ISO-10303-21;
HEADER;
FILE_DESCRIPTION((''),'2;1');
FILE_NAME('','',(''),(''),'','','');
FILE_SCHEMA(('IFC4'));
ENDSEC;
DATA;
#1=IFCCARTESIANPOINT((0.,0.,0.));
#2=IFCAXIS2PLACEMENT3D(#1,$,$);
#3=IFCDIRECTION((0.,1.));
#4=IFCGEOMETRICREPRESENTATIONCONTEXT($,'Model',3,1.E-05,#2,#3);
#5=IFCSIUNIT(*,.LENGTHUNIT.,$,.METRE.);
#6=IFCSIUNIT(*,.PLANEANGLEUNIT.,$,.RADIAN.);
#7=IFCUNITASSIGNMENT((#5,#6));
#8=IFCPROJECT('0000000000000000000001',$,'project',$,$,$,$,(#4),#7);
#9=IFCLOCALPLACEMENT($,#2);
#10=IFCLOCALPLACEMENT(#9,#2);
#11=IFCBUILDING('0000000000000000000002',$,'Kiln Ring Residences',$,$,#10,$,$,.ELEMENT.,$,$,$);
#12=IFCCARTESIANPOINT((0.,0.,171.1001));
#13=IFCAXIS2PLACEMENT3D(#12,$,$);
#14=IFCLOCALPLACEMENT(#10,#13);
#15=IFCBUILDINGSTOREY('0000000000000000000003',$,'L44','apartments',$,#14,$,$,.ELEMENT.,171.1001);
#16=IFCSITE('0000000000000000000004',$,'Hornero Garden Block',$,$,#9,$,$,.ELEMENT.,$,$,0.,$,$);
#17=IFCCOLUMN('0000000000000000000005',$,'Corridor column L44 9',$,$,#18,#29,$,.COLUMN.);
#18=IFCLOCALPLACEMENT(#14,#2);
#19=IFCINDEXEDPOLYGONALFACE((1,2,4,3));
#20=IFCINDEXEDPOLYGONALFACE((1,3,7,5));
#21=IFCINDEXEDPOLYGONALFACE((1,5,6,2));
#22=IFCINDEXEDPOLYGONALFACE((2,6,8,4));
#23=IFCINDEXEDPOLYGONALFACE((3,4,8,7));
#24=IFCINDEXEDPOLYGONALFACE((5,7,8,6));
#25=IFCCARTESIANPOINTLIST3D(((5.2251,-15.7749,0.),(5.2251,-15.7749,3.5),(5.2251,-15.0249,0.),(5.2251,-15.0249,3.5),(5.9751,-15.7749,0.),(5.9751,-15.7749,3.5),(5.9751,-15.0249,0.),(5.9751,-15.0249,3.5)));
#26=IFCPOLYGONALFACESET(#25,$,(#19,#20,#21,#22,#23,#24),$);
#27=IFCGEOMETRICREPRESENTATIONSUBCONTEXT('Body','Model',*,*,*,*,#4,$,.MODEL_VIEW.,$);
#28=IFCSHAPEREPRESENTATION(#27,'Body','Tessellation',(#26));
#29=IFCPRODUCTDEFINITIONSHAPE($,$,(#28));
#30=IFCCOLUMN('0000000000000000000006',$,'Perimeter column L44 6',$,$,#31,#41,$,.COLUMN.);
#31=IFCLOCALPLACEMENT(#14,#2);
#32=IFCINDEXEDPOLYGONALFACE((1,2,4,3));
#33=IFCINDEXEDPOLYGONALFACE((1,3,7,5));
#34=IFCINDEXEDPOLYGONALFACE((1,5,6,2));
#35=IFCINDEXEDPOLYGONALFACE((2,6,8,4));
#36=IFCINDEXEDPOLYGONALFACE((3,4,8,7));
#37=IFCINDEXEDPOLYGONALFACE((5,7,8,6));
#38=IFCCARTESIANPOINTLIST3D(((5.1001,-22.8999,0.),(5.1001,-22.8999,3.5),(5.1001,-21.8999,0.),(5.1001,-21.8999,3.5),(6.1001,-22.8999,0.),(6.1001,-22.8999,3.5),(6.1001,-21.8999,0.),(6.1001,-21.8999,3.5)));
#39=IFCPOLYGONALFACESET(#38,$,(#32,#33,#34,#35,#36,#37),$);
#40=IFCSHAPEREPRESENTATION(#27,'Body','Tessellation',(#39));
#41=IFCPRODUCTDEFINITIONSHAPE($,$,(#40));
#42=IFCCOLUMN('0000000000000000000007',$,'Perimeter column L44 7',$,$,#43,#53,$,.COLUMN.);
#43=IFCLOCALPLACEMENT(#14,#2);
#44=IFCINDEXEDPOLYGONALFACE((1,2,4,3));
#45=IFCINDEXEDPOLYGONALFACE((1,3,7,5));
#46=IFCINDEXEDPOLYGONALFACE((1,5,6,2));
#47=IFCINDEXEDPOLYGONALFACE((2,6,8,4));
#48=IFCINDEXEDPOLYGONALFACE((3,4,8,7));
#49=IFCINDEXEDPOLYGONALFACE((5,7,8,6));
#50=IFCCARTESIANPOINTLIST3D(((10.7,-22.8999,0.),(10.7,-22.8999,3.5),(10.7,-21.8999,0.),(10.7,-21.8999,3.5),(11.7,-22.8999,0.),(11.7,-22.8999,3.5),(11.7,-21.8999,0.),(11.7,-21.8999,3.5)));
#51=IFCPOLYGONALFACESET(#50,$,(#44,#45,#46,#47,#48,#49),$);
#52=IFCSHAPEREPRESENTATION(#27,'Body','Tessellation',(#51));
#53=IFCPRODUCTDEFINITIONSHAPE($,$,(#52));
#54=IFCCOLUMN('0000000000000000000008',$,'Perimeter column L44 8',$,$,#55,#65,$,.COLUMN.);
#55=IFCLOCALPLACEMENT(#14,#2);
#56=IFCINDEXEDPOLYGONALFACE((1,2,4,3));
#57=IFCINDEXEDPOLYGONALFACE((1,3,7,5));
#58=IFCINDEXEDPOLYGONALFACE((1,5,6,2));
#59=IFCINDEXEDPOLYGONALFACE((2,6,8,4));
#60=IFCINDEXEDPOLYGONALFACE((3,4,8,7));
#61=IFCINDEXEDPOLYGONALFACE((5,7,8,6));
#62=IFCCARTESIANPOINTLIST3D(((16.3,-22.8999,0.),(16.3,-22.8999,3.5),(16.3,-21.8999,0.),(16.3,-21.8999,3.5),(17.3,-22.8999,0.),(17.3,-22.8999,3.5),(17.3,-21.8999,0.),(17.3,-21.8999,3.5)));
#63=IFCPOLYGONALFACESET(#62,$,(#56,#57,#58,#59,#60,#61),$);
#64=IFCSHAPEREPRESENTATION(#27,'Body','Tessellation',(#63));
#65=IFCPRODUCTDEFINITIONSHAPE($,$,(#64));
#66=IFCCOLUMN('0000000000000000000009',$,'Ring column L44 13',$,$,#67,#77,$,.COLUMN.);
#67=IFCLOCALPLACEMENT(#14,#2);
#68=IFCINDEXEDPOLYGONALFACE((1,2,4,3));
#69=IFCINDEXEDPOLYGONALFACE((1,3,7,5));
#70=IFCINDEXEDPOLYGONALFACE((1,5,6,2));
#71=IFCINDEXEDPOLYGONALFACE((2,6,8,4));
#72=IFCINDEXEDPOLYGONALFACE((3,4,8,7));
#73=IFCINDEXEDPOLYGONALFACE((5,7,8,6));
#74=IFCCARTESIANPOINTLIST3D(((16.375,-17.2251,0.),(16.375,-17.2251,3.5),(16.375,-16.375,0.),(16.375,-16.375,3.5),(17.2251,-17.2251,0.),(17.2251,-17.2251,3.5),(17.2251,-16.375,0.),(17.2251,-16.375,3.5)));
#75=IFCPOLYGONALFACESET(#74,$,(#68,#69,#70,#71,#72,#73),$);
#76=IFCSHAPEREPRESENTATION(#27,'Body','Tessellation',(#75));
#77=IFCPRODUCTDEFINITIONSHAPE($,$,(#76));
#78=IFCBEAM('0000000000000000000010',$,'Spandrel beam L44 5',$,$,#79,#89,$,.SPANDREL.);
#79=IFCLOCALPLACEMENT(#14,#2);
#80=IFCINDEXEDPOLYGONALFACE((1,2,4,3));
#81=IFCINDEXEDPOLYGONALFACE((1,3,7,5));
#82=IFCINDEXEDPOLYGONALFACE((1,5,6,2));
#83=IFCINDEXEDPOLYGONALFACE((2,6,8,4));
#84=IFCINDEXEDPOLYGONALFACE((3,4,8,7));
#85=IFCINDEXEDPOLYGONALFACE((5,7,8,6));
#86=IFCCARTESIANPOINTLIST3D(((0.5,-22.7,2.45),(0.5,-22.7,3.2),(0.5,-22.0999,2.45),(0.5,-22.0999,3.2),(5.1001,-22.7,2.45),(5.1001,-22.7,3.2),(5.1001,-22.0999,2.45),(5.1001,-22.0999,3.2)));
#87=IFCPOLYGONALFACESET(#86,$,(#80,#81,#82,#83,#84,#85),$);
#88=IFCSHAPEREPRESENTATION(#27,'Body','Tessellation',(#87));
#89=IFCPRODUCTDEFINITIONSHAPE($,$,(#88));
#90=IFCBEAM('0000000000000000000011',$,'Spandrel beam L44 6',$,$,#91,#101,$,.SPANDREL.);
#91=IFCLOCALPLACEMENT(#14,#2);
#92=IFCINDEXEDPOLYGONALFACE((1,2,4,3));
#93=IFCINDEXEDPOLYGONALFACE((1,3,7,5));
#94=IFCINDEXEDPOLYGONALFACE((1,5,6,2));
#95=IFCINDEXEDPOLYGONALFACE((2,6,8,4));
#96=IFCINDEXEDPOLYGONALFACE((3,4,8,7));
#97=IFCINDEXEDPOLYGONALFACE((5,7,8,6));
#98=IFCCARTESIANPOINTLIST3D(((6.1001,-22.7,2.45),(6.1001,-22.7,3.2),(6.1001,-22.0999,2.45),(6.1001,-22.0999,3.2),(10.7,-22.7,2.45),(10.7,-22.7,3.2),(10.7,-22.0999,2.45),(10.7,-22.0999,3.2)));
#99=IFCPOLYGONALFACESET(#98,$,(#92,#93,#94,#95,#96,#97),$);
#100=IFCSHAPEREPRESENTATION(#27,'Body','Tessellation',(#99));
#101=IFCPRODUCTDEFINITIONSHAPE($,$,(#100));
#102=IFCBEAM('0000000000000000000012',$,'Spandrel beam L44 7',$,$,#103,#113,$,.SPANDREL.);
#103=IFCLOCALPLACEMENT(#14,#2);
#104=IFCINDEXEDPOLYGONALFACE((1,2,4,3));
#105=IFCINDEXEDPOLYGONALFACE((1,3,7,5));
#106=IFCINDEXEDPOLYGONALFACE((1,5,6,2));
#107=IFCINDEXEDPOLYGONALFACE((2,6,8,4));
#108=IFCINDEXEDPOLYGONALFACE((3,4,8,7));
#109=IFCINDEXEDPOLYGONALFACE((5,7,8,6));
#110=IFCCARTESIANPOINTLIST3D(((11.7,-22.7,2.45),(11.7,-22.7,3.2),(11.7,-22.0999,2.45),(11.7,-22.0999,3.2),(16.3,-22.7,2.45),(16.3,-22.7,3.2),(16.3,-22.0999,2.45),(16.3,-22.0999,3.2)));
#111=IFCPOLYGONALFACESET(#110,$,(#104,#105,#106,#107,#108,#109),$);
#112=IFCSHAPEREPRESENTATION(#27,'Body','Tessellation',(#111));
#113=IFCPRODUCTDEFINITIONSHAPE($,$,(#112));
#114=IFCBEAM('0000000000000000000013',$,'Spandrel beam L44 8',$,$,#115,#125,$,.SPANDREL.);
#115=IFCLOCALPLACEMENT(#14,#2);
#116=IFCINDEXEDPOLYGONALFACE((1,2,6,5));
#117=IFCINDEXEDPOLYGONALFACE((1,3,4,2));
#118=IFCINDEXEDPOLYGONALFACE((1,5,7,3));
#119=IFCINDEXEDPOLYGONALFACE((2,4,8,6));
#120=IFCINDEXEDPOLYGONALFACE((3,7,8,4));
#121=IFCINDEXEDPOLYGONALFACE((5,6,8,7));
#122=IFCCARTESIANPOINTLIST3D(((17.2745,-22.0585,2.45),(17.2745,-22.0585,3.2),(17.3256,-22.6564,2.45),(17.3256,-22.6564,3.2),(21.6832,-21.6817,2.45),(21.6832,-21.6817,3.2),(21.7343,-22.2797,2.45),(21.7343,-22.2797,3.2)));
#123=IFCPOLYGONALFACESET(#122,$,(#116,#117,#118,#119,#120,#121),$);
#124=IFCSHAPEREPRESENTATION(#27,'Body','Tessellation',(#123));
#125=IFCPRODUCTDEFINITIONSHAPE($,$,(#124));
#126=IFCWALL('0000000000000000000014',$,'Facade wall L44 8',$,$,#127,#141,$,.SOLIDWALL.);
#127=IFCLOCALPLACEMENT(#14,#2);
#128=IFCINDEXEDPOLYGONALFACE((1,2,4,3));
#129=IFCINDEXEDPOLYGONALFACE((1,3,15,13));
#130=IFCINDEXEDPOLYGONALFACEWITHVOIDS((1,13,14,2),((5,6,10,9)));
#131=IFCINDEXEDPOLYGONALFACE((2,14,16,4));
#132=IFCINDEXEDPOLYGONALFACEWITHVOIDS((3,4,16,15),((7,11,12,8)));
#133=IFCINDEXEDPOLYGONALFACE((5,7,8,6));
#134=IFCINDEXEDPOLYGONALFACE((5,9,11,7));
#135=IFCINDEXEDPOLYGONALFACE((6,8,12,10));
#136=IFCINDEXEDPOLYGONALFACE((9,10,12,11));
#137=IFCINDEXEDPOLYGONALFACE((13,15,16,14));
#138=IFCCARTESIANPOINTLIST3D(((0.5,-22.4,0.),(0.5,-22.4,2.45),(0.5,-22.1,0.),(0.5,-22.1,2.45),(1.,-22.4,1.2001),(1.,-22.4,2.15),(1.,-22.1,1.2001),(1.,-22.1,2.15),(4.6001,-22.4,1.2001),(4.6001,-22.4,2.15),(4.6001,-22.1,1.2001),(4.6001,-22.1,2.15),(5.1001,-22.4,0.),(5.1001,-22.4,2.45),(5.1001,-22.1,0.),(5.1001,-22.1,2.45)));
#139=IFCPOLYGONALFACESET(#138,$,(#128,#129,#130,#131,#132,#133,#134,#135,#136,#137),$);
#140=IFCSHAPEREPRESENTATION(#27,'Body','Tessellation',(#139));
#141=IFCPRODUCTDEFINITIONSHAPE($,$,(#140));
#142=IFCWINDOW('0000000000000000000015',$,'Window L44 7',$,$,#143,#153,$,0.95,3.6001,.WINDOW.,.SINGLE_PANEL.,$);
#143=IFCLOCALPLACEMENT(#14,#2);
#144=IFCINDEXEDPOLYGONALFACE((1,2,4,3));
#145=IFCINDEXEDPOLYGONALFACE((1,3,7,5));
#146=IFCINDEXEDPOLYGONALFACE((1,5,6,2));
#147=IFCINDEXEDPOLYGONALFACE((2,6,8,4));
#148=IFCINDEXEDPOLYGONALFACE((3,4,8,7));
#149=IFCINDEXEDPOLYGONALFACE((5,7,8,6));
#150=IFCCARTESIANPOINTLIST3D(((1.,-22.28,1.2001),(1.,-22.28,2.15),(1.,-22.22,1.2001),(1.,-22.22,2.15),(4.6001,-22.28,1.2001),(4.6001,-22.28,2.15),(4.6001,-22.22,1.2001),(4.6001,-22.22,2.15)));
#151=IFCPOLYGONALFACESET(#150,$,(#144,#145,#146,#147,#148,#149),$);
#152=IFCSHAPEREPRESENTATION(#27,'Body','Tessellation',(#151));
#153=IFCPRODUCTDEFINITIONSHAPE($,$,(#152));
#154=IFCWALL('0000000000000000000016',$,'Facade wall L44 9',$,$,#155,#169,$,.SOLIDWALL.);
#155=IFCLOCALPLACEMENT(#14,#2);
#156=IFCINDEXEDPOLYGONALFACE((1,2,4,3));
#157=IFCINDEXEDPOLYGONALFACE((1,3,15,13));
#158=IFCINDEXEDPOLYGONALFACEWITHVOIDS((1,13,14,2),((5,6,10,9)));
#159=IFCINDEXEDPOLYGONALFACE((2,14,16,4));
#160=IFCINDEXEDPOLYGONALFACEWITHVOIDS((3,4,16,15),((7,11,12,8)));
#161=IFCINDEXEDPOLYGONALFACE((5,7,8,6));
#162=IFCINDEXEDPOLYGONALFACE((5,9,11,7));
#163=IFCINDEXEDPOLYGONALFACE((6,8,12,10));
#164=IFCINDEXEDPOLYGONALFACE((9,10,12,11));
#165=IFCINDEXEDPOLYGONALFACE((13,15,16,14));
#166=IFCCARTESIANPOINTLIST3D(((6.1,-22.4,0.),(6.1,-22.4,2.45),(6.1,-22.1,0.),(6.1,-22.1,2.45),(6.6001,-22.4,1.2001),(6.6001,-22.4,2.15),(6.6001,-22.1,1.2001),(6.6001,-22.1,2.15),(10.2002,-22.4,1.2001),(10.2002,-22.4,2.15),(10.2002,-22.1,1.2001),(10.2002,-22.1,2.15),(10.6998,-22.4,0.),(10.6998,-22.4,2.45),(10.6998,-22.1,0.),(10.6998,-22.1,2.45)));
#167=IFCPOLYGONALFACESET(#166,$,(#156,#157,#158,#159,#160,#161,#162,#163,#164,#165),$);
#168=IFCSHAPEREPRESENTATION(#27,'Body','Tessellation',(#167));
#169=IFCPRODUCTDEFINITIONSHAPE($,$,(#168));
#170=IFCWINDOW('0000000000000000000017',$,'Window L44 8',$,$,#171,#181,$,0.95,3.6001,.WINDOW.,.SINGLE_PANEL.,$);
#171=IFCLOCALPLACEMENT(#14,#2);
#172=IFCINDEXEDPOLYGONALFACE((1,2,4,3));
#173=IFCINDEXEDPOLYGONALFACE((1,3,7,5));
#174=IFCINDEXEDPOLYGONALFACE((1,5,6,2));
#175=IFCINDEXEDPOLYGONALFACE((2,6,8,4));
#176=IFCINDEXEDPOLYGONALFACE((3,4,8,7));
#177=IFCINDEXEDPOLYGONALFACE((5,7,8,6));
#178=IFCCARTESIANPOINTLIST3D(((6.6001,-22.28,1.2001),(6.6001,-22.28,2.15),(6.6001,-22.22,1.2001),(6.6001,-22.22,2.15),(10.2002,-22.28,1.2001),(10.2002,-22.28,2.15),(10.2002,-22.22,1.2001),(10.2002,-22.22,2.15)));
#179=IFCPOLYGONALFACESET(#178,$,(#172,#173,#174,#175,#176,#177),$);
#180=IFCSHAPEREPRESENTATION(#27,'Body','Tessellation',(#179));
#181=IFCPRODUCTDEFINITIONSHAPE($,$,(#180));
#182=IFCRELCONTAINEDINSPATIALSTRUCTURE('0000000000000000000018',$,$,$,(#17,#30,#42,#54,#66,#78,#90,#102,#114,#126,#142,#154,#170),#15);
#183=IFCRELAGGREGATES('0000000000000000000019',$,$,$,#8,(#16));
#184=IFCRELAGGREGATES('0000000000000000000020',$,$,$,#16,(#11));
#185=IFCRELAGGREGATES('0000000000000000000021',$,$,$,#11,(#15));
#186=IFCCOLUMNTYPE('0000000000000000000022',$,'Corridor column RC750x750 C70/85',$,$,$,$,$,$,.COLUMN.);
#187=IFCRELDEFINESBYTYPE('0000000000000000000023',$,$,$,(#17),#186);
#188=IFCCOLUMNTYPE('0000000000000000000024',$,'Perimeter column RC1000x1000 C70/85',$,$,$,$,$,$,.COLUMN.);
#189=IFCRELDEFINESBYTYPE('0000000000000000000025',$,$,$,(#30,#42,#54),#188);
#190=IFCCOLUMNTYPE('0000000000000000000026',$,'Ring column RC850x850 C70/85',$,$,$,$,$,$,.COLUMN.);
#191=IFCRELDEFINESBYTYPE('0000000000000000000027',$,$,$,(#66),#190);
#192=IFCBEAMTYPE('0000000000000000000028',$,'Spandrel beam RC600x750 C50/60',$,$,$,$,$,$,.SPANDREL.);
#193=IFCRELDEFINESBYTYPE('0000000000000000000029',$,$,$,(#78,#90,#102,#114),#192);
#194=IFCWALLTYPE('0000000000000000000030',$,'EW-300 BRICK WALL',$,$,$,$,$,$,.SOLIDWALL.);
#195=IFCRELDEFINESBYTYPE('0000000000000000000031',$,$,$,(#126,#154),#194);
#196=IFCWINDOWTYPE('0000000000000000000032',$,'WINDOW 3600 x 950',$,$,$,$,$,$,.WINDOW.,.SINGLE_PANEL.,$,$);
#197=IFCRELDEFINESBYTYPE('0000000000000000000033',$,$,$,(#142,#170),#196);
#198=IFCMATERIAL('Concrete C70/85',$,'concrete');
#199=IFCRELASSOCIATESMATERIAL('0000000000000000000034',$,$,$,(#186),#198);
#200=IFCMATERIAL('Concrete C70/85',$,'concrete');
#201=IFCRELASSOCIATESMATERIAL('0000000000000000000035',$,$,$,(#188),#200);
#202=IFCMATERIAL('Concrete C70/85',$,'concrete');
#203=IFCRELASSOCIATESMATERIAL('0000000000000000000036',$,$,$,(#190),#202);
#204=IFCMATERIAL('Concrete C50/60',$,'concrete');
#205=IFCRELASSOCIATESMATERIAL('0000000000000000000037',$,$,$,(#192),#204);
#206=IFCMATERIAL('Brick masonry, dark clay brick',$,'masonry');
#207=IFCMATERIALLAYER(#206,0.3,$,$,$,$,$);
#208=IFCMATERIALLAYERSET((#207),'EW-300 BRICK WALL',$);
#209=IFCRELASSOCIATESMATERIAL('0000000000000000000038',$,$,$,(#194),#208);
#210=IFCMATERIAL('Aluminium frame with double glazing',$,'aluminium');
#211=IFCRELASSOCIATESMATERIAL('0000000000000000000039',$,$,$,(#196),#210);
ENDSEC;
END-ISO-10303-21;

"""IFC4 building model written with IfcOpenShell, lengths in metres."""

from ifc_helpers import new_model, si_unit, direction, frame, frame_2d, origin, origin_2d, place, context, subcontext, project, spatial, rectangle, extrude, material, layer, layer_set, material_profile, profile_set, type_object, element, fill, save


model = new_model("IFC4")

# Units and contexts
model_context = context("Model", 3, precision=1e-05, world=origin(), true_north=direction((0.0, 1.0)))
body_context = subcontext(model_context, "Body", "Model", "MODEL_VIEW")
ifc_project = project(units=[si_unit("LENGTHUNIT", "METRE"), si_unit("PLANEANGLEUNIT", "RADIAN")], contexts=[model_context])

# Site, building, storey
site_placement = place(None, origin())
site = spatial("IfcSite", under=ifc_project, at=site_placement, Name="Hornero Garden Block", CompositionType="ELEMENT", RefElevation=0.0)
building_placement = place(site_placement, origin())
building = spatial("IfcBuilding", under=site, at=building_placement, Name="Kiln Ring Residences", CompositionType="ELEMENT")
storey_placement = place(building_placement, frame((0.0, 0.0, 171.1001)))
storey = spatial("IfcBuildingStorey", under=building, at=storey_placement, Name="L44", Description="apartments", CompositionType="ELEMENT", Elevation=171.1001)

# Columns
ifc_material_1 = material(Name="Concrete C70/85", Category="concrete")
ifc_material_profile_1 = material_profile(ifc_material_1, rectangle(XDim=0.75, YDim=0.75, at=origin_2d()), Name="RC750x750")
ifc_profile_set_1 = profile_set([ifc_material_profile_1], Name="Concrete C70/85")
column_type_1 = type_object("IfcColumnType", Name="Corridor column RC750x750 C70/85", PredefinedType="COLUMN", material=ifc_profile_set_1)
column_1_placement = place(storey_placement, frame((5.6001, -15.3999, 0.0), z_axis=(0.0, 0.0, 1.0), x_axis=(1.0, 0.0, 0.0)))
element("IfcColumn", 1, at=column_1_placement, inside=storey, type_object=column_type_1, Name="Corridor column L44 9", PredefinedType="COLUMN", context=body_context, shape_type="SweptSolid", body=[
    extrude(rectangle(XDim=0.75, YDim=0.75, at=origin_2d()), origin(), (0.0, 0.0, 1.0), 3.5),
])
ifc_material_2 = material(Name="Concrete C70/85", Category="concrete")
ifc_material_profile_2 = material_profile(ifc_material_2, rectangle(XDim=1.0, YDim=1.0, at=origin_2d()), Name="RC1000x1000")
ifc_profile_set_2 = profile_set([ifc_material_profile_2], Name="Concrete C70/85")
column_type_2 = type_object("IfcColumnType", Name="Perimeter column RC1000x1000 C70/85", PredefinedType="COLUMN", material=ifc_profile_set_2)
for number, where, z_axis, x_axis, name in (
    (2, (5.6001, -22.3999, 0.0), (0.0, 0.0, 1.0), (1.0, 0.0, 0.0), "Perimeter column L44 6"),
    (3, (11.2, -22.3999, 0.0), (0.0, 0.0, 1.0), (1.0, 0.0, 0.0), "Perimeter column L44 7"),
    (4, (16.8, -22.3999, 0.0), (0.0, 0.0, 1.0), (1.0, 0.0, 0.0), "Perimeter column L44 8"),
):
    element("IfcColumn", number, at=place(storey_placement, frame(where, z_axis=z_axis, x_axis=x_axis)), inside=storey, type_object=column_type_2, Name=name, PredefinedType="COLUMN", context=body_context, shape_type="SweptSolid", body=[
        extrude(rectangle(XDim=1.0, YDim=1.0, at=origin_2d()), origin(), (0.0, 0.0, 1.0), 3.5),
    ])
ifc_material_3 = material(Name="Concrete C70/85", Category="concrete")
ifc_material_profile_3 = material_profile(ifc_material_3, rectangle(XDim=0.8501, YDim=0.8501, at=origin_2d()), Name="RC850x850")
ifc_profile_set_3 = profile_set([ifc_material_profile_3], Name="Concrete C70/85")
column_type_3 = type_object("IfcColumnType", Name="Ring column RC850x850 C70/85", PredefinedType="COLUMN", material=ifc_profile_set_3)
column_2_placement = place(storey_placement, frame((16.8, -16.8, 0.0), z_axis=(0.0, 0.0, 1.0), x_axis=(1.0, 0.0, 0.0)))
element("IfcColumn", 5, at=column_2_placement, inside=storey, type_object=column_type_3, Name="Ring column L44 13", PredefinedType="COLUMN", context=body_context, shape_type="SweptSolid", body=[
    extrude(rectangle(XDim=0.8501, YDim=0.8501, at=origin_2d()), origin(), (0.0, 0.0, 1.0), 3.5),
])

# Beams
ifc_material_4 = material(Name="Concrete C50/60", Category="concrete")
ifc_material_profile_4 = material_profile(ifc_material_4, rectangle(XDim=0.6001, YDim=0.75, at=origin_2d()), Name="RC600x750")
ifc_profile_set_4 = profile_set([ifc_material_profile_4], Name="Concrete C50/60")
beam_type = type_object("IfcBeamType", Name="Spandrel beam RC600x750 C50/60", PredefinedType="SPANDREL", material=ifc_profile_set_4)
beam_1_placement = place(storey_placement, frame((0.5, -22.3999, 2.825), z_axis=(1.0, 0.0, 0.0), x_axis=(0.0, 1.0, 0.0)))
element("IfcBeam", 6, at=beam_1_placement, inside=storey, type_object=beam_type, Name="Spandrel beam L44 5", PredefinedType="SPANDREL", context=body_context, shape_type="SweptSolid", body=[
    extrude(rectangle(XDim=0.6001, YDim=0.75, at=origin_2d()), origin(), (0.0, 0.0, 1.0), 4.6001),
])
beam_2_placement = place(storey_placement, frame((6.1001, -22.3999, 2.825), z_axis=(1.0, 0.0, 0.0), x_axis=(0.0, 1.0, 0.0)))
element("IfcBeam", 7, at=beam_2_placement, inside=storey, type_object=beam_type, Name="Spandrel beam L44 6", PredefinedType="SPANDREL", context=body_context, shape_type="SweptSolid", body=[
    extrude(rectangle(XDim=0.6001, YDim=0.75, at=origin_2d()), origin(), (0.0, 0.0, 1.0), 4.5999),
])
beam_3_placement = place(storey_placement, frame((11.7, -22.3999, 2.825), z_axis=(1.0, 0.0, 0.0), x_axis=(0.0, 1.0, 0.0)))
element("IfcBeam", 8, at=beam_3_placement, inside=storey, type_object=beam_type, Name="Spandrel beam L44 7", PredefinedType="SPANDREL", context=body_context, shape_type="SweptSolid", body=[
    extrude(rectangle(XDim=0.6001, YDim=0.75, at=origin_2d()), origin(), (0.0, 0.0, 1.0), 4.6001),
])
beam_4_placement = place(storey_placement, frame((17.3, -22.3574, 2.825), z_axis=(0.996369, 0.085137, 0.0), x_axis=(-0.085137, 0.996369, 0.0)))
element("IfcBeam", 9, at=beam_4_placement, inside=storey, type_object=beam_type, Name="Spandrel beam L44 8", PredefinedType="SPANDREL", context=body_context, shape_type="SweptSolid", body=[
    extrude(rectangle(XDim=0.6001, YDim=0.75, at=origin_2d()), origin(), (0.0, 0.0, 1.0), 4.4248),
])

# Walls, openings, windows
ifc_material_5 = material(Name="Brick masonry, dark clay brick", Category="masonry")
ifc_layer_1 = layer(ifc_material_5, 0.3)
ifc_layer_set_1 = layer_set([ifc_layer_1], Name="EW-300 BRICK WALL")
wall_type_1 = type_object("IfcWallType", Name="EW-300 BRICK WALL", PredefinedType="SOLIDWALL", material=ifc_layer_set_1)
wall_1_placement = place(storey_placement, frame((0.5, -22.25, 0.0), z_axis=(0.0, 0.0, 1.0), x_axis=(1.0, 0.0, 0.0)))
wall_1 = element("IfcWall", 10, at=wall_1_placement, inside=storey, type_object=wall_type_1, Name="Facade wall L44 8", PredefinedType="SOLIDWALL", context=body_context, shape_type="SweptSolid", body=[
    extrude(rectangle(XDim=4.6001, YDim=0.3, at=frame_2d((2.3, 0.0))), origin(), (0.0, 0.0, 1.0), 2.45),
])
opening_1_placement = place(wall_1_placement, frame((0.5, 0.0, 1.2)))
opening_1 = element("IfcOpeningElement", 11, at=opening_1_placement, cuts=wall_1, PredefinedType="OPENING", context=body_context, shape_type="SweptSolid", body=[
    extrude(rectangle(XDim=3.6001, YDim=0.95, at=frame_2d((1.8, 0.4751))), frame((0.0, 0.1599, 0.0), z_axis=(0.0, -1.0, 0.0), x_axis=(1.0, 0.0, 0.0)), (0.0, 0.0, 1.0), 0.3201),
])
ifc_material_6 = material(Name="Aluminium frame with double glazing", Category="aluminium")
window_type = type_object("IfcWindowType", Name="WINDOW 3600 x 950", PartitioningType="SINGLE_PANEL", PredefinedType="WINDOW", material=ifc_material_6)
window_1_placement = place(opening_1_placement, origin())
window_1 = element("IfcWindow", 12, at=window_1_placement, inside=storey, type_object=window_type, Name="Window L44 7", OverallHeight=0.95, OverallWidth=3.6001, PartitioningType="SINGLE_PANEL", PredefinedType="WINDOW", context=body_context, shape_type="SweptSolid", body=[
    extrude(rectangle(XDim=3.6001, YDim=0.95, at=frame_2d((1.8, 0.4751))), frame((0.0, 0.03, 0.0), z_axis=(0.0, -1.0, 0.0), x_axis=(1.0, 0.0, 0.0)), (0.0, 0.0, 1.0), 0.0601),
])
fill(opening_1, window_1)
wall_2_placement = place(storey_placement, frame((6.1001, -22.25, 0.0), z_axis=(0.0, 0.0, 1.0), x_axis=(1.0, 0.0, 0.0)))
wall_2 = element("IfcWall", 13, at=wall_2_placement, inside=storey, type_object=wall_type_1, Name="Facade wall L44 9", PredefinedType="SOLIDWALL", context=body_context, shape_type="SweptSolid", body=[
    extrude(rectangle(XDim=4.5999, YDim=0.3, at=frame_2d((2.2998, 0.0))), origin(), (0.0, 0.0, 1.0), 2.45),
])
opening_2_placement = place(wall_2_placement, frame((0.5, 0.0, 1.2)))
opening_2 = element("IfcOpeningElement", 14, at=opening_2_placement, cuts=wall_2, PredefinedType="OPENING", context=body_context, shape_type="SweptSolid", body=[
    extrude(rectangle(XDim=3.6001, YDim=0.95, at=frame_2d((1.8, 0.4751))), frame((0.0, 0.1599, 0.0), z_axis=(0.0, -1.0, 0.0), x_axis=(1.0, 0.0, 0.0)), (0.0, 0.0, 1.0), 0.3201),
])
window_2_placement = place(opening_2_placement, origin())
window_2 = element("IfcWindow", 15, at=window_2_placement, inside=storey, type_object=window_type, Name="Window L44 8", OverallHeight=0.95, OverallWidth=3.6001, PartitioningType="SINGLE_PANEL", PredefinedType="WINDOW", context=body_context, shape_type="SweptSolid", body=[
    extrude(rectangle(XDim=3.6001, YDim=0.95, at=frame_2d((1.8, 0.4751))), frame((0.0, 0.03, 0.0), z_axis=(0.0, -1.0, 0.0), x_axis=(1.0, 0.0, 0.0)), (0.0, 0.0, 1.0), 0.0601),
])
fill(opening_2, window_2)

save(model, "model.ifc")
